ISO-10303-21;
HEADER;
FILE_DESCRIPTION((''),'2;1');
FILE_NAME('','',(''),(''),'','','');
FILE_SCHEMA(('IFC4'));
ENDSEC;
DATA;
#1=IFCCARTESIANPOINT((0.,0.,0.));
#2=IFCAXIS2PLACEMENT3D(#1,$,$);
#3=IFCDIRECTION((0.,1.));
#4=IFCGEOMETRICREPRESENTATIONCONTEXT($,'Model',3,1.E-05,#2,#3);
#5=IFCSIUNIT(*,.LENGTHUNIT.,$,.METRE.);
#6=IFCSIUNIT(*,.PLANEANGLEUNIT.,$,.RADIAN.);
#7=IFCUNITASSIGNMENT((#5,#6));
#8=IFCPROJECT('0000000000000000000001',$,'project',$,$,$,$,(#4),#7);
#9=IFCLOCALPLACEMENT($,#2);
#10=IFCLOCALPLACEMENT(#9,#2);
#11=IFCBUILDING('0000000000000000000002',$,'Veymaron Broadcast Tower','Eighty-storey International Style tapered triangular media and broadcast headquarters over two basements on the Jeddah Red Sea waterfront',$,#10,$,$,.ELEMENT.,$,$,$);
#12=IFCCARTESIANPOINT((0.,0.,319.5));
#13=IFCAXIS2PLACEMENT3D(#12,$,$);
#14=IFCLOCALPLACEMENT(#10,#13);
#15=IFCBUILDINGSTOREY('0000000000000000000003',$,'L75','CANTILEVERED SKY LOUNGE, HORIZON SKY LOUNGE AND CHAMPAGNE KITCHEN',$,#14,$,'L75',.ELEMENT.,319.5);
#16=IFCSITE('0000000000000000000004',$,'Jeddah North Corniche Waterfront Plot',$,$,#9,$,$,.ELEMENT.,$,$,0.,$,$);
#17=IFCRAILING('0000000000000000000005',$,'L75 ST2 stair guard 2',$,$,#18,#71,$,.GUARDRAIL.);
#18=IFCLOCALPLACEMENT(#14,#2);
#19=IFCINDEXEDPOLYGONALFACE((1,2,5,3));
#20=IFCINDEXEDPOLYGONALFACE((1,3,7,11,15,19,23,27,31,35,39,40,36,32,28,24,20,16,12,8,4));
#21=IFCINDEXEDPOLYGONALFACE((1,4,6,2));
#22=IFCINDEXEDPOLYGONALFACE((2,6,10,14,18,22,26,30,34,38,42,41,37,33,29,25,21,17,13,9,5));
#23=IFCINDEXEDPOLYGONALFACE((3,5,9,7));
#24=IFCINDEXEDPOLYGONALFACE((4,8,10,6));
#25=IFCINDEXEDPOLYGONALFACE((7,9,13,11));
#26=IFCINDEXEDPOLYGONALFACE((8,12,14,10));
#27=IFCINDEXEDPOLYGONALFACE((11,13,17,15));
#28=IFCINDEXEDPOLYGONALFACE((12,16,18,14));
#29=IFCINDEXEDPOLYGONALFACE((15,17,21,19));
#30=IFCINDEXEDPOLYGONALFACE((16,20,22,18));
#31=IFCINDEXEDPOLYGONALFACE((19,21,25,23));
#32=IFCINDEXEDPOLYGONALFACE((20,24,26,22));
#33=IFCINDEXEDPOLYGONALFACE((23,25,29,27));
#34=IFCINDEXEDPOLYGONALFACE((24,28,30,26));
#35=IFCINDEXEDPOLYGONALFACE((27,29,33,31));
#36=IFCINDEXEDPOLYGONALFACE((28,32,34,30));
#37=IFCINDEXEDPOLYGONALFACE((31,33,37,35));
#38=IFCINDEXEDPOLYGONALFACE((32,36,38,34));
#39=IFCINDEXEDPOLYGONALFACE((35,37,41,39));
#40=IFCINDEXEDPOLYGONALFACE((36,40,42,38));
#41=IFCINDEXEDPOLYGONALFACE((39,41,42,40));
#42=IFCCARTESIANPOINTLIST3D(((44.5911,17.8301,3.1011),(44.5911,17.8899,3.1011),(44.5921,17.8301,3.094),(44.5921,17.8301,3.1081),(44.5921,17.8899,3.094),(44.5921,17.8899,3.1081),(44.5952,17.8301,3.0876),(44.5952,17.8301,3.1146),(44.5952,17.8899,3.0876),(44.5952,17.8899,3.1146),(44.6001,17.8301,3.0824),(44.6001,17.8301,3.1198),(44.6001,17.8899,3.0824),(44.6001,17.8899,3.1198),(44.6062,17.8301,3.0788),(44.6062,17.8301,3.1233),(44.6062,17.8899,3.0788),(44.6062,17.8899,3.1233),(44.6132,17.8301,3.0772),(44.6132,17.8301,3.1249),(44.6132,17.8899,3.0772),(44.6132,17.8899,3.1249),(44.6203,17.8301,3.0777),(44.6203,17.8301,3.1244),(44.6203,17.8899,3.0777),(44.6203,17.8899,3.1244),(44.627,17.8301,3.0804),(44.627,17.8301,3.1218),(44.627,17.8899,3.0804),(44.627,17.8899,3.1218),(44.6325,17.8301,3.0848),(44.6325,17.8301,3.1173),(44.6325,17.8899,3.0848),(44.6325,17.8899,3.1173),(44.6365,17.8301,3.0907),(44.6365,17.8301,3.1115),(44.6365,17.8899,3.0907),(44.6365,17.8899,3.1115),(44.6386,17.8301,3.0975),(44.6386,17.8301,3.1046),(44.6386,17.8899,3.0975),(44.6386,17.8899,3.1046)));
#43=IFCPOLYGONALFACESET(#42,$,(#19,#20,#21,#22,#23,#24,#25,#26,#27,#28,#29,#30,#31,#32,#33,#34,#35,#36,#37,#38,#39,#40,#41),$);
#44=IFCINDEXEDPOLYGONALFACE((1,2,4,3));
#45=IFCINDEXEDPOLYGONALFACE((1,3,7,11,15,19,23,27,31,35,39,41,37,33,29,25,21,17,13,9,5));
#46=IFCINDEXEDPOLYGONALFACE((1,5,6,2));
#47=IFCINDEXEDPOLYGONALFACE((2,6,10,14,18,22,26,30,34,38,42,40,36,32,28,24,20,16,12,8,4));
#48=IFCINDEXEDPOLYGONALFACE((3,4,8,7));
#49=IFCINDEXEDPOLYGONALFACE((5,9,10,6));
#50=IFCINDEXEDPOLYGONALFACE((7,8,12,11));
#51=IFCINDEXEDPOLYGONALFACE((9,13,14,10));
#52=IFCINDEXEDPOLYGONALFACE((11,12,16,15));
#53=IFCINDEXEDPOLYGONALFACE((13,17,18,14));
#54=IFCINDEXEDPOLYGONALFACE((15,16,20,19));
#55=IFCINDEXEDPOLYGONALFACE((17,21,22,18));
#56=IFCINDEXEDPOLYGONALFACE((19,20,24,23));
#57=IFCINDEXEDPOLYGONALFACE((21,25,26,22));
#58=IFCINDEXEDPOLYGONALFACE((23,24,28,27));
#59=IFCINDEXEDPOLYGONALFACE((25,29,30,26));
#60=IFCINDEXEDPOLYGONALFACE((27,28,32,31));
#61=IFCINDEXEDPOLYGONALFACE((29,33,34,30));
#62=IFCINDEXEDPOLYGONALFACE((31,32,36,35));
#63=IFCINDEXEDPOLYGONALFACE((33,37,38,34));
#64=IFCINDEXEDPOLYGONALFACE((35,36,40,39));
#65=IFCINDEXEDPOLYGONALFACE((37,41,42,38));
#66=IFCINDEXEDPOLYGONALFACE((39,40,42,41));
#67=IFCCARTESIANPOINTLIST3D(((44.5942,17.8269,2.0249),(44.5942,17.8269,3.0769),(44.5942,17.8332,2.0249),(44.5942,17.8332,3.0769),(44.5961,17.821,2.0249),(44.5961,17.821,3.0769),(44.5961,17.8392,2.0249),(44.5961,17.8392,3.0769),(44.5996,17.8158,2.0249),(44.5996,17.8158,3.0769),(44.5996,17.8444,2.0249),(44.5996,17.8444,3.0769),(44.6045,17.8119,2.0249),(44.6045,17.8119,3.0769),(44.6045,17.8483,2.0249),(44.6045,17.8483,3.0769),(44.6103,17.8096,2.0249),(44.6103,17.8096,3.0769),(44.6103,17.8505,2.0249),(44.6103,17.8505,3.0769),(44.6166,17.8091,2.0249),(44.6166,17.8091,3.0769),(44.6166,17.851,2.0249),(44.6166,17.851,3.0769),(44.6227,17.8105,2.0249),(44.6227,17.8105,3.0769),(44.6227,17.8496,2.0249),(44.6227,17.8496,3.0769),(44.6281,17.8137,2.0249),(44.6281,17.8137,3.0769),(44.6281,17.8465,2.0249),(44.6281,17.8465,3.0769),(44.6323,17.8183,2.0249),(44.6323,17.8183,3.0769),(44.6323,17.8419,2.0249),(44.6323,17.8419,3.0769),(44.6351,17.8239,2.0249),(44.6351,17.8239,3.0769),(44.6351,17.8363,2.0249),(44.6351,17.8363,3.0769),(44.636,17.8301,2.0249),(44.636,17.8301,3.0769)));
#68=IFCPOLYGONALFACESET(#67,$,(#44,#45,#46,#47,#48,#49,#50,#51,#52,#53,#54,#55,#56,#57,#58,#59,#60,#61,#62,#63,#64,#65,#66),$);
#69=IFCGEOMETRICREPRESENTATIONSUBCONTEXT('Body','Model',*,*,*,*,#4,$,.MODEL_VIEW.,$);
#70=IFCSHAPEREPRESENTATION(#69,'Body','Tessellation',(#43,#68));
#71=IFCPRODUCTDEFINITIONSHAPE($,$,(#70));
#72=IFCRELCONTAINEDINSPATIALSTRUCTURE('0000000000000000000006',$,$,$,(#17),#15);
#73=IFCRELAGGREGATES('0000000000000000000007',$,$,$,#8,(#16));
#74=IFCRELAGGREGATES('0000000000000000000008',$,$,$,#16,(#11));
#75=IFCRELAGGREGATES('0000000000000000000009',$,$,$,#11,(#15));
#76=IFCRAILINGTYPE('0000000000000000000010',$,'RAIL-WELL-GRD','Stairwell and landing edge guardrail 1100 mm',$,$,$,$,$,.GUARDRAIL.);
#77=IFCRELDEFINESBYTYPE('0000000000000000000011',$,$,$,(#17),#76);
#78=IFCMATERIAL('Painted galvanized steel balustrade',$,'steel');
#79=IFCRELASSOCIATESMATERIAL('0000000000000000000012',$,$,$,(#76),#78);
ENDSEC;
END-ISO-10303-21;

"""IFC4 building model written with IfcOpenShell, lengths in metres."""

from ifc_helpers import new_model, si_unit, direction, frame, origin, origin_2d, place, context, subcontext, project, spatial, circle, extrude, material, type_object, element, save


model = new_model("IFC4")

# Units and contexts
model_context = context("Model", 3, precision=1e-05, world=origin(), true_north=direction((0.0, 1.0)))
body_context = subcontext(model_context, "Body", "Model", "MODEL_VIEW")
ifc_project = project(units=[si_unit("LENGTHUNIT", "METRE"), si_unit("PLANEANGLEUNIT", "RADIAN")], contexts=[model_context])

# Site, building, storey
site_placement = place(None, origin())
site = spatial("IfcSite", under=ifc_project, at=site_placement, Name="Jeddah North Corniche Waterfront Plot", CompositionType="ELEMENT", RefElevation=0.0)
building_placement = place(site_placement, origin())
building = spatial("IfcBuilding", under=site, at=building_placement, Name="Veymaron Broadcast Tower", Description="Eighty-storey International Style tapered triangular media and broadcast headquarters over two basements on the Jeddah Red Sea waterfront", CompositionType="ELEMENT")
storey_placement = place(building_placement, frame((0.0, 0.0, 319.5)))
storey = spatial("IfcBuildingStorey", under=building, at=storey_placement, Name="L75", Description="CANTILEVERED SKY LOUNGE, HORIZON SKY LOUNGE AND CHAMPAGNE KITCHEN", LongName="L75", CompositionType="ELEMENT", Elevation=319.5)

# Railing
ifc_material_1 = material(Name="Painted galvanized steel balustrade", Category="steel")
railing_type_1 = type_object("IfcRailingType", Name="RAIL-WELL-GRD", Description="Stairwell and landing edge guardrail 1100 mm", PredefinedType="GUARDRAIL", material=ifc_material_1)
railing_1_placement = place(storey_placement, frame((44.615, 17.8301, 2.0249)))
element("IfcRailing", 1, at=railing_1_placement, inside=storey, type_object=railing_type_1, Name="L75 ST2 stair guard 2", PredefinedType="GUARDRAIL", context=body_context, shape_type="SweptSolid", body=[
    extrude(circle(Radius=0.0239, at=origin_2d()), frame((0.0, 0.0, 1.0762), z_axis=(0.0, 1.0, 0.0), x_axis=(-1.0, 0.0, 0.0)), (0.0, 0.0, 1.0), 0.0598),
    extrude(circle(Radius=0.021, at=origin_2d()), origin(), (0.0, 0.0, 1.0), 1.052),
])

save(model, "model.ifc")
